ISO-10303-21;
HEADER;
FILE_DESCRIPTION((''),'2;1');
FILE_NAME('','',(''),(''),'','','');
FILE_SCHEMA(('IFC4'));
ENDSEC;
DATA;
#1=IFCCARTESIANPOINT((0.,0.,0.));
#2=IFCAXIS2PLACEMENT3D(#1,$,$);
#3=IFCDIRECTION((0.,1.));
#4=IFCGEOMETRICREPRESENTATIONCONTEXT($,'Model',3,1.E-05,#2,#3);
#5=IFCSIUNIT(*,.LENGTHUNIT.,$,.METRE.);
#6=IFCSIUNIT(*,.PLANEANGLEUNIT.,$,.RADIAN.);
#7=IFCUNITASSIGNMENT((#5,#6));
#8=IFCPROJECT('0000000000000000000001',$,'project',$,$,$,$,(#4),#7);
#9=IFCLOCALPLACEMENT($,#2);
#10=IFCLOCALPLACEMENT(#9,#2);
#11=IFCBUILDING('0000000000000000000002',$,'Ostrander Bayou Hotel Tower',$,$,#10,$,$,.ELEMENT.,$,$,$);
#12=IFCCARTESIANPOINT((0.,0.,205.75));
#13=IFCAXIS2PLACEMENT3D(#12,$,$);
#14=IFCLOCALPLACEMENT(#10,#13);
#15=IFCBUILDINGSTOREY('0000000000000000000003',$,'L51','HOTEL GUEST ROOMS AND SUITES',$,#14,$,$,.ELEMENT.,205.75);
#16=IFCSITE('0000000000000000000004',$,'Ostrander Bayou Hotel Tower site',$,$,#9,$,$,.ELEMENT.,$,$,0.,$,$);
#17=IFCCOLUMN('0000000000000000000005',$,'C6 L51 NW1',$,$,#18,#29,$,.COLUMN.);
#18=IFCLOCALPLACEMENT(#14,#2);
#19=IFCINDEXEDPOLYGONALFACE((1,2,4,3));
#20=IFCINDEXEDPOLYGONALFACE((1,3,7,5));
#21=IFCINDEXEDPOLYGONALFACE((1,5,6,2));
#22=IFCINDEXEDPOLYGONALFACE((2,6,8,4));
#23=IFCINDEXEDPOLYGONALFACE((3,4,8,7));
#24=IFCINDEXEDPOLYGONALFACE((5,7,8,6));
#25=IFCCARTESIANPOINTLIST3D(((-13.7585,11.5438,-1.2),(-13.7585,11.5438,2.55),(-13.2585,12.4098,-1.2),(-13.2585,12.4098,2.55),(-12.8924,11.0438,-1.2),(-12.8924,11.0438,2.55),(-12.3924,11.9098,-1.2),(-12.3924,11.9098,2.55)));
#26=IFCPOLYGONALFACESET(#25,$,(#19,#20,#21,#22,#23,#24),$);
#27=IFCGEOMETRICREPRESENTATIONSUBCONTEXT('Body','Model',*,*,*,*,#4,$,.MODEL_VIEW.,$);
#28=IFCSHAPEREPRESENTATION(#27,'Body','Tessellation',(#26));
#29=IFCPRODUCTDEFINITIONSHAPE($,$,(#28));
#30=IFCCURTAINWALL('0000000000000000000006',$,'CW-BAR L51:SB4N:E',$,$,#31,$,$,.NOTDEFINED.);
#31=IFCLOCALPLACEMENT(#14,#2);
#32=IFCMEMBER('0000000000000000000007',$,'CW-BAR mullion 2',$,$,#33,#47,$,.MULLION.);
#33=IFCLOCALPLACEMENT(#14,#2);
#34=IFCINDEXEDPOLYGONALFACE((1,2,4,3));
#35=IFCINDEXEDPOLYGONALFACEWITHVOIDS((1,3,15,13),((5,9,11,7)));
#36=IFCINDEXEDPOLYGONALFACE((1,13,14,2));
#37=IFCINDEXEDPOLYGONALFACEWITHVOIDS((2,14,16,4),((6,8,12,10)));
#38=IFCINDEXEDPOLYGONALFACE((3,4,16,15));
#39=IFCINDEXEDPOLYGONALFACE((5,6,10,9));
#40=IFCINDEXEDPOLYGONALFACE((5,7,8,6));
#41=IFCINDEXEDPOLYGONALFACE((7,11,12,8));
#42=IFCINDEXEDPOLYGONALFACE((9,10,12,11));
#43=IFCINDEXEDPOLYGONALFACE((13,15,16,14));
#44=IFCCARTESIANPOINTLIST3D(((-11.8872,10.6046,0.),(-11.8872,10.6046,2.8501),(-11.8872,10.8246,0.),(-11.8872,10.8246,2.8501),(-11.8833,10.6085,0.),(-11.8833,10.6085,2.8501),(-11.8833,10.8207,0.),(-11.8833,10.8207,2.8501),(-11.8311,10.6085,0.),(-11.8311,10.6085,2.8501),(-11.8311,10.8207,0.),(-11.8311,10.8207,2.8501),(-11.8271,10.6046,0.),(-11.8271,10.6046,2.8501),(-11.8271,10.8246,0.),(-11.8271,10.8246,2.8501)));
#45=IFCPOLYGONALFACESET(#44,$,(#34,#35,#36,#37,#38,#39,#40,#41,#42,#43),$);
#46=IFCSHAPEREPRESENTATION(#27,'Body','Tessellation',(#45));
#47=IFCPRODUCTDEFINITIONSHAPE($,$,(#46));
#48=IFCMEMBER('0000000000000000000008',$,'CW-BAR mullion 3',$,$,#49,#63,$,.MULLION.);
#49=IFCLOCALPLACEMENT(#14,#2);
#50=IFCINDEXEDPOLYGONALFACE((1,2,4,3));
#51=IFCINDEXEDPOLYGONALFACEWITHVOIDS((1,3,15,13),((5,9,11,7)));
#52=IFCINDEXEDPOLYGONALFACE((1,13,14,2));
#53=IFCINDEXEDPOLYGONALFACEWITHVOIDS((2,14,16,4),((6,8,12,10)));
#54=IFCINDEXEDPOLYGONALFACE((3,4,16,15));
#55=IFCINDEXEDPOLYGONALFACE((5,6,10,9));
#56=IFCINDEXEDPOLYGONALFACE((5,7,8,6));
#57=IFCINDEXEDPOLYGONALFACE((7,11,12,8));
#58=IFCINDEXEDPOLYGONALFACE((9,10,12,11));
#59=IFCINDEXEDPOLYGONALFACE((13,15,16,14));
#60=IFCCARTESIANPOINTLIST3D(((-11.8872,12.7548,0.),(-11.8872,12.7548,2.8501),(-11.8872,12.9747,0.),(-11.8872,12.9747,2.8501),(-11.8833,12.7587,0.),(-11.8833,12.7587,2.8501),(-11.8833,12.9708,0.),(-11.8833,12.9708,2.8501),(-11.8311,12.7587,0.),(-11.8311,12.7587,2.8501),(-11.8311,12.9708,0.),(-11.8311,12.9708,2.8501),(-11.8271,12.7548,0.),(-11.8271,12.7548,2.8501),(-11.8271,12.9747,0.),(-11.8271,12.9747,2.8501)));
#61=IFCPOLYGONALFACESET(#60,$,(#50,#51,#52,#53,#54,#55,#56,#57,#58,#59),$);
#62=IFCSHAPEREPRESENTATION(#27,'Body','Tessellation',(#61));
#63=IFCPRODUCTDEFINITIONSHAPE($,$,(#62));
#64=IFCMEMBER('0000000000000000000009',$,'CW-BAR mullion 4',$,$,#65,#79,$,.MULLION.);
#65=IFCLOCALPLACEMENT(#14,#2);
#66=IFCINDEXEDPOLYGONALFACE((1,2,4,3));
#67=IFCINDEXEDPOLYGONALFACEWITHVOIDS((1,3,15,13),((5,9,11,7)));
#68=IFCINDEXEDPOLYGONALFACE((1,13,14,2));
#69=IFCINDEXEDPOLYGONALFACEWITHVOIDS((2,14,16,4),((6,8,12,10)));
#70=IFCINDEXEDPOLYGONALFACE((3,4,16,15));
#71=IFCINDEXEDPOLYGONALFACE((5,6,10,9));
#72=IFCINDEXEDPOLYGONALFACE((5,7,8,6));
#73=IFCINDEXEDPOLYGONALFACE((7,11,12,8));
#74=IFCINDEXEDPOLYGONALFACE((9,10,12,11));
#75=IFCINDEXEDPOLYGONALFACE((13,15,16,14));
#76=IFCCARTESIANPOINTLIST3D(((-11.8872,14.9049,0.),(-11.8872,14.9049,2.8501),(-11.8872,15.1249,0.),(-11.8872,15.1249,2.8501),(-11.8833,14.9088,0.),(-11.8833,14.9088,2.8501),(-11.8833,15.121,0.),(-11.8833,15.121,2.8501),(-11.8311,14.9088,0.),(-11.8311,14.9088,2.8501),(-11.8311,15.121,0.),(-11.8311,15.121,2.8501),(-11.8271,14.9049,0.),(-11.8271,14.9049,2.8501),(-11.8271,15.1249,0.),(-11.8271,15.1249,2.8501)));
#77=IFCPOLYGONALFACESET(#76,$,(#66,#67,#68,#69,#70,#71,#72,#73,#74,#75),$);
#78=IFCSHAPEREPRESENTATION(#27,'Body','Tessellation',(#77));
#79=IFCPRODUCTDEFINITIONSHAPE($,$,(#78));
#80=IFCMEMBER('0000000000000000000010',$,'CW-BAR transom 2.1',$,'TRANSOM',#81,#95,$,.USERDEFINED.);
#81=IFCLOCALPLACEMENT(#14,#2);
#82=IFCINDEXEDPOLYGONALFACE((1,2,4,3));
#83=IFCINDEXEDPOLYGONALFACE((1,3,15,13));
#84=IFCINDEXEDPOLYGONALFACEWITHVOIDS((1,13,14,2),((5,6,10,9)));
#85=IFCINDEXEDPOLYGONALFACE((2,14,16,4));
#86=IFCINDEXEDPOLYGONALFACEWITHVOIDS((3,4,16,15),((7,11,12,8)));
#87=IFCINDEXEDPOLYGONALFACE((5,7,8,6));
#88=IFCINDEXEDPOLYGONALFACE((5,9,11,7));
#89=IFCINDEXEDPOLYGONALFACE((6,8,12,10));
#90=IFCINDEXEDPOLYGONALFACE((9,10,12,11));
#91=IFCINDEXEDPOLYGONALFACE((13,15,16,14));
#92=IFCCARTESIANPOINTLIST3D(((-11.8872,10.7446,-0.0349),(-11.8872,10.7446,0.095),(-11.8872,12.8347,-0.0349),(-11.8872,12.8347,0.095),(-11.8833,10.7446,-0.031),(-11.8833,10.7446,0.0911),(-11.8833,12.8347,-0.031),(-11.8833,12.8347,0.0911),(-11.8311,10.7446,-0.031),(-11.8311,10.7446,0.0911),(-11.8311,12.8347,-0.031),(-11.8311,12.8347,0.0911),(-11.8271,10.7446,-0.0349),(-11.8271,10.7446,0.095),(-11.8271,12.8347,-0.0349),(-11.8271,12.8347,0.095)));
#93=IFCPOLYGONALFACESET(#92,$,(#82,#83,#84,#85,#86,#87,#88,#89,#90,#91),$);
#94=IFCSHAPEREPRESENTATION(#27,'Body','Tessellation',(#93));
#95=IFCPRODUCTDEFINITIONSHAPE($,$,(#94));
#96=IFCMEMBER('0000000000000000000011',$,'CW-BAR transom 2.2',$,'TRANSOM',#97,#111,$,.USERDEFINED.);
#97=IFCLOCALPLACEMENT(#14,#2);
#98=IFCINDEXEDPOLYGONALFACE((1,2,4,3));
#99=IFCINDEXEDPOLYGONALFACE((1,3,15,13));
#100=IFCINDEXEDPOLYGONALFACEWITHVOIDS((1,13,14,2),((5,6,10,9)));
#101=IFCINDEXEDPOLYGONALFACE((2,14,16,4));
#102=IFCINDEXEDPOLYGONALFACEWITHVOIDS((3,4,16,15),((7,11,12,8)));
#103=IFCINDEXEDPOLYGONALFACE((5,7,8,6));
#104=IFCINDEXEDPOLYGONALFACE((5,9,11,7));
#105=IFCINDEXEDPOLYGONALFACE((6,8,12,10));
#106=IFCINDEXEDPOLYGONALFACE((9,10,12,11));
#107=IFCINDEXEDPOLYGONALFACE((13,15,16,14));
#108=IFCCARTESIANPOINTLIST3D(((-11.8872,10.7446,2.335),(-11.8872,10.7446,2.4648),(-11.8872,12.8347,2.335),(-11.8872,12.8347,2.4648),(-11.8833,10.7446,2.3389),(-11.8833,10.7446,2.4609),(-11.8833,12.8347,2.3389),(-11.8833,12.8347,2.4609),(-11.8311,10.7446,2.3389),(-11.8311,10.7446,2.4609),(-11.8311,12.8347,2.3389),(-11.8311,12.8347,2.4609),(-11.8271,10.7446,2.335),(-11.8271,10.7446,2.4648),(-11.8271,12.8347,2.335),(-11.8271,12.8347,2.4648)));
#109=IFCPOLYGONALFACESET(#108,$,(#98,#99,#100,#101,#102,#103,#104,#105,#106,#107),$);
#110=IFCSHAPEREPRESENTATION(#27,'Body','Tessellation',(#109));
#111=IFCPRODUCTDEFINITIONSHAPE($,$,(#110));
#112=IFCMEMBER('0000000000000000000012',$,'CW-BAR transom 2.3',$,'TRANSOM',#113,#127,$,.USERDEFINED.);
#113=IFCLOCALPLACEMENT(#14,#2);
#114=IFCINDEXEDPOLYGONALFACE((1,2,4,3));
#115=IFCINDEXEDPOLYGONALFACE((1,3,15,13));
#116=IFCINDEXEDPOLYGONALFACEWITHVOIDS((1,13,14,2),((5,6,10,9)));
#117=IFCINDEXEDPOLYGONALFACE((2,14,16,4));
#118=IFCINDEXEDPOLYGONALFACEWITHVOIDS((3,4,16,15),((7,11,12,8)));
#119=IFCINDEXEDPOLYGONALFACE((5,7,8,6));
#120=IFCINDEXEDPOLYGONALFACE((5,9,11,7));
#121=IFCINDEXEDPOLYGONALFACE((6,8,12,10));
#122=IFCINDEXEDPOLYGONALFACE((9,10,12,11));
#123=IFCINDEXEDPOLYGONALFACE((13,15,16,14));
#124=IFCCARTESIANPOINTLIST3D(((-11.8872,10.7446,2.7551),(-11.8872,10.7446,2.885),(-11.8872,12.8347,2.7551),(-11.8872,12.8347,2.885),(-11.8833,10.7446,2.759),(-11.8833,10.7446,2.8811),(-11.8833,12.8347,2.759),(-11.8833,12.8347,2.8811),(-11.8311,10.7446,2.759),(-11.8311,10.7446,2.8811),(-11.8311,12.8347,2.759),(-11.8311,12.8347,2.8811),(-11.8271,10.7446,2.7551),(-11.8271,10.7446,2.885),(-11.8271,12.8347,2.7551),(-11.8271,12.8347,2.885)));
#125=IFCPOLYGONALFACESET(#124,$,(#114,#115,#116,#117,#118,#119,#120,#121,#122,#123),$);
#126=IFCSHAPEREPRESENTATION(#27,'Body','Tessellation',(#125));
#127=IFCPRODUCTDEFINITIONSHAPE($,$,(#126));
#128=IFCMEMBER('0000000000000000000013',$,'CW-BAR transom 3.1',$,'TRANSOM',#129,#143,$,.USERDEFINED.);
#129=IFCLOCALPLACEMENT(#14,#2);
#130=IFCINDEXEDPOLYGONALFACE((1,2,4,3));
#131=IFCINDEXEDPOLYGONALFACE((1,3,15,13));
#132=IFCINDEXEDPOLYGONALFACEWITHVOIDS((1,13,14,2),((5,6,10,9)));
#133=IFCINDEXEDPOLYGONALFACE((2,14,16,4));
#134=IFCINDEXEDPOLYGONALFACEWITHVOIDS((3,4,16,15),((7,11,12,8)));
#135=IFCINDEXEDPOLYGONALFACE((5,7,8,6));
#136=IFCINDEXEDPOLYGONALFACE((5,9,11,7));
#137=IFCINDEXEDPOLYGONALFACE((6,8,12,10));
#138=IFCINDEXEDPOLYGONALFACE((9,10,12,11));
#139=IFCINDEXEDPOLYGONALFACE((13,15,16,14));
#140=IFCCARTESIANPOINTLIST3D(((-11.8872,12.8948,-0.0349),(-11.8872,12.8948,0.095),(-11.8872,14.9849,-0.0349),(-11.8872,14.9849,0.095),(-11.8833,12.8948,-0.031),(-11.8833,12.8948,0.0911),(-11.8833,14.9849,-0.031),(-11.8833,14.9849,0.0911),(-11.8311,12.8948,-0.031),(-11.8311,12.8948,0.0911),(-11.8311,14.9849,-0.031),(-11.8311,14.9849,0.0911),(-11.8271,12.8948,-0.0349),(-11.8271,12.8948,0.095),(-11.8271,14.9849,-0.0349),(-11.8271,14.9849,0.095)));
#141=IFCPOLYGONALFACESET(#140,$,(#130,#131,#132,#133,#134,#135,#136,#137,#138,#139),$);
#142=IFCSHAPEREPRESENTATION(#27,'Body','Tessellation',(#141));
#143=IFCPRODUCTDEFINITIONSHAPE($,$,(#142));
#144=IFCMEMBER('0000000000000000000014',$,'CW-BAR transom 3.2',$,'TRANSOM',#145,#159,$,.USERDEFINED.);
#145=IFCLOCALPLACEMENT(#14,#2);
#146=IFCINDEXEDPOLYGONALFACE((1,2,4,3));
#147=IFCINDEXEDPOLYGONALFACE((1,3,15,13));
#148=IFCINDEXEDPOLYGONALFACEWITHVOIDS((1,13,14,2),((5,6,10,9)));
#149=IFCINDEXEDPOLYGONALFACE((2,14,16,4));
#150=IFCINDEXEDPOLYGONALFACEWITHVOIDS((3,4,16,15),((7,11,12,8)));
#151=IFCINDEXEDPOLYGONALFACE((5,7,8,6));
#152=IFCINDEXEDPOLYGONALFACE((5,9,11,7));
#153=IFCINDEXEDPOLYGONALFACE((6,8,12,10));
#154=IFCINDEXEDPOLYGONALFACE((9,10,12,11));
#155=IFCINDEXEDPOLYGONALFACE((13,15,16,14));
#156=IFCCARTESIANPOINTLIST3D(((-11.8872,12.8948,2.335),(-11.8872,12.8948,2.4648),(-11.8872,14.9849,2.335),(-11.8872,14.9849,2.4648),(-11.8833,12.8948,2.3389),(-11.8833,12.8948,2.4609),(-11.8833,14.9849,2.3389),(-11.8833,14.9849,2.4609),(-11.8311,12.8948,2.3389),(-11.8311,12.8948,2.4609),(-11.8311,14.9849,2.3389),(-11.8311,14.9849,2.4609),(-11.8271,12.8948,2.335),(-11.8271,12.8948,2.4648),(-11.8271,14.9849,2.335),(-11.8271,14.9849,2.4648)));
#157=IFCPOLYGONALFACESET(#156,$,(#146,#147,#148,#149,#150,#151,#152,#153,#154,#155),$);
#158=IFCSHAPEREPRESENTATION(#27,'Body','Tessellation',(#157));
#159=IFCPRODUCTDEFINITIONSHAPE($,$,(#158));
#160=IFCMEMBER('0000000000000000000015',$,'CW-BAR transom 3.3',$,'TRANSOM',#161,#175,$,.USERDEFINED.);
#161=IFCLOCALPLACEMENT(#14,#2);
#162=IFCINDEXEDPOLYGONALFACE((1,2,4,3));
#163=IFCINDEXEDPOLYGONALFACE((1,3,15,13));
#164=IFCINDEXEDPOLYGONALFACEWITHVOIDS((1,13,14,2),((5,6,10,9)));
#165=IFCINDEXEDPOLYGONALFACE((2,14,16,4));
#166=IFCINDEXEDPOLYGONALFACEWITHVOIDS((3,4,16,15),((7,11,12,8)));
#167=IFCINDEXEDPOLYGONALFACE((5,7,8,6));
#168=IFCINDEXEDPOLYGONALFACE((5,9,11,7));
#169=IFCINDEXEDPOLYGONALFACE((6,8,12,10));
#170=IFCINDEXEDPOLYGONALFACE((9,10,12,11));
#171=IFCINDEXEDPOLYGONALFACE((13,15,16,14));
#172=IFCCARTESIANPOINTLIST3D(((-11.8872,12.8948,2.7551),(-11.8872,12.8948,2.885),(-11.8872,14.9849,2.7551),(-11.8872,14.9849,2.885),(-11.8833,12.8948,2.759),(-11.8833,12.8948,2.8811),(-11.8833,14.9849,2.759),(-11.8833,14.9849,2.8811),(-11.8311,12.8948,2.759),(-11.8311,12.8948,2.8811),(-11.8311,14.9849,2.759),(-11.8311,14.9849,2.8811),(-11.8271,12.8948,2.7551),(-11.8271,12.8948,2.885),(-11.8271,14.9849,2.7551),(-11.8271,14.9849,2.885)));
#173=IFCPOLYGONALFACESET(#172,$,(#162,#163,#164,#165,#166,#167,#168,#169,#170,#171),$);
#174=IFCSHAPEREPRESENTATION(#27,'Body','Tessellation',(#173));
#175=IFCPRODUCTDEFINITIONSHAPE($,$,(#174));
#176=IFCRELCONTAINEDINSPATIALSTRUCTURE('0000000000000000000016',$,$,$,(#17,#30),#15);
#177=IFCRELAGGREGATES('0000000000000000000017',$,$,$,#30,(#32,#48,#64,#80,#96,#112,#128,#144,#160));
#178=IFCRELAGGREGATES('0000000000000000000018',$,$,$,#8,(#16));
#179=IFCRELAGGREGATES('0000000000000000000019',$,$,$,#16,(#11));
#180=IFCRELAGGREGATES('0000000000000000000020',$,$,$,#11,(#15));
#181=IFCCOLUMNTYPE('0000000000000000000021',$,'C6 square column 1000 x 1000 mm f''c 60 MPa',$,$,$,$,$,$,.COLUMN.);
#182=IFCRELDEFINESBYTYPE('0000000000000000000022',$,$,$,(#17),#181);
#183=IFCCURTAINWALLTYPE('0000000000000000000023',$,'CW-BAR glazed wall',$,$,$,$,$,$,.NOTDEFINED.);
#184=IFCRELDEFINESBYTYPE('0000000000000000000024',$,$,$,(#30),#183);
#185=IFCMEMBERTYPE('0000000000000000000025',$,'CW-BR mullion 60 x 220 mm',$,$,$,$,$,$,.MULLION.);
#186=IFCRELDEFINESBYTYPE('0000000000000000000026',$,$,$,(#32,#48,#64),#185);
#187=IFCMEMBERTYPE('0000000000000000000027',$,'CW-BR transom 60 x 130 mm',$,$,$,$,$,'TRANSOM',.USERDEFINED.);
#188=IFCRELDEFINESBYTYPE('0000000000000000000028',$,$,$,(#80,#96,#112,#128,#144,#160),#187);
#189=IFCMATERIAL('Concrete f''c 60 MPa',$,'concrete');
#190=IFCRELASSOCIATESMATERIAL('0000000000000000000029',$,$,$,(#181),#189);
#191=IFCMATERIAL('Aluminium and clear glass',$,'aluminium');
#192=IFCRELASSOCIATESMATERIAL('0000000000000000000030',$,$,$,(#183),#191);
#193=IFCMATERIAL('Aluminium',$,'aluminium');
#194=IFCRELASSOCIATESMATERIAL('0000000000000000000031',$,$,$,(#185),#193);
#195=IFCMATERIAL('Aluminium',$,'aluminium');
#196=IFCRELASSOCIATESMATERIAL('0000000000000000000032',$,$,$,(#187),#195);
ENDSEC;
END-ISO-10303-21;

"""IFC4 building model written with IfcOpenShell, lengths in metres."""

from ifc_helpers import new_model, si_unit, direction, frame, origin, origin_2d, place, context, subcontext, project, spatial, rectangle, hollow_rectangle, extrude, material, material_profile, profile_set, type_object, element, aggregate, save


model = new_model("IFC4")

# Units and contexts
model_context = context("Model", 3, precision=1e-05, world=origin(), true_north=direction((0.0, 1.0)))
body_context = subcontext(model_context, "Body", "Model", "MODEL_VIEW")
ifc_project = project(units=[si_unit("LENGTHUNIT", "METRE"), si_unit("PLANEANGLEUNIT", "RADIAN")], contexts=[model_context])

# Site, building, storey
site_placement = place(None, origin())
site = spatial("IfcSite", under=ifc_project, at=site_placement, Name="Ostrander Bayou Hotel Tower site", CompositionType="ELEMENT", RefElevation=0.0)
building_placement = place(site_placement, origin())
building = spatial("IfcBuilding", under=site, at=building_placement, Name="Ostrander Bayou Hotel Tower", CompositionType="ELEMENT")
storey_placement = place(building_placement, frame((0.0, 0.0, 205.75)))
storey = spatial("IfcBuildingStorey", under=building, at=storey_placement, Name="L51", Description="HOTEL GUEST ROOMS AND SUITES", CompositionType="ELEMENT", Elevation=205.75)

# Column
ifc_material_1 = material(Name="Concrete f'c 60 MPa", Category="concrete")
ifc_material_profile_1 = material_profile(ifc_material_1, rectangle(XDim=1.0, YDim=1.0, at=origin_2d()))
ifc_profile_set_1 = profile_set([ifc_material_profile_1], Name="Concrete f'c 60 MPa")
column_type = type_object("IfcColumnType", Name="C6 square column 1000 x 1000 mm f'c 60 MPa", PredefinedType="COLUMN", material=ifc_profile_set_1)
column_placement = place(storey_placement, frame((-13.0754, 11.7268, -1.2), z_axis=(0.0, 0.0, 1.0), x_axis=(0.5, 0.866025, 0.0)))
element("IfcColumn", 1, at=column_placement, inside=storey, type_object=column_type, Name="C6 L51 NW1", PredefinedType="COLUMN", context=body_context, shape_type="SweptSolid", body=[
    extrude(rectangle(XDim=1.0, YDim=1.0, at=origin_2d()), origin(), (0.0, 0.0, 1.0), 3.75),
])

# Curtain wall, members
ifc_material_2 = material(Name="Aluminium and clear glass", Category="aluminium")
curtain_wall_type = type_object("IfcCurtainWallType", Name="CW-BAR glazed wall", PredefinedType="NOTDEFINED", material=ifc_material_2)
curtain_wall_placement = place(storey_placement, origin())
curtain_wall = element("IfcCurtainWall", 2, at=curtain_wall_placement, inside=storey, type_object=curtain_wall_type, Name="CW-BAR L51:SB4N:E", PredefinedType="NOTDEFINED")
ifc_material_3 = material(Name="Aluminium", Category="aluminium")
ifc_material_profile_2 = material_profile(ifc_material_3, hollow_rectangle(XDim=0.0601, YDim=0.22, WallThickness=0.0039, at=origin_2d()))
ifc_profile_set_2 = profile_set([ifc_material_profile_2], Name="Aluminium")
member_type_1 = type_object("IfcMemberType", Name="CW-BR mullion 60 x 220 mm", PredefinedType="MULLION", material=ifc_profile_set_2)
member_1_placement = place(storey_placement, frame((-11.8572, 10.7146, 0.0), z_axis=(0.0, 0.0, 1.0), x_axis=(-1.0, 0.0, 0.0)))
member_1 = element("IfcMember", 3, at=member_1_placement, type_object=member_type_1, Name="CW-BAR mullion 2", PredefinedType="MULLION", context=body_context, shape_type="SweptSolid", body=[
    extrude(hollow_rectangle(XDim=0.0601, YDim=0.22, WallThickness=0.0039, at=origin_2d()), origin(), (0.0, 0.0, 1.0), 2.8501),
])
member_2_placement = place(storey_placement, frame((-11.8572, 12.8647, 0.0), z_axis=(0.0, 0.0, 1.0), x_axis=(-1.0, 0.0, 0.0)))
member_2 = element("IfcMember", 4, at=member_2_placement, type_object=member_type_1, Name="CW-BAR mullion 3", PredefinedType="MULLION", context=body_context, shape_type="SweptSolid", body=[
    extrude(hollow_rectangle(XDim=0.0601, YDim=0.22, WallThickness=0.0039, at=origin_2d()), origin(), (0.0, 0.0, 1.0), 2.8501),
])
member_3_placement = place(storey_placement, frame((-11.8572, 15.0149, 0.0), z_axis=(0.0, 0.0, 1.0), x_axis=(-1.0, 0.0, 0.0)))
member_3 = element("IfcMember", 5, at=member_3_placement, type_object=member_type_1, Name="CW-BAR mullion 4", PredefinedType="MULLION", context=body_context, shape_type="SweptSolid", body=[
    extrude(hollow_rectangle(XDim=0.0601, YDim=0.22, WallThickness=0.0039, at=origin_2d()), origin(), (0.0, 0.0, 1.0), 2.8501),
])
ifc_material_4 = material(Name="Aluminium", Category="aluminium")
ifc_material_profile_3 = material_profile(ifc_material_4, hollow_rectangle(XDim=0.0601, YDim=0.1299, WallThickness=0.0039, at=origin_2d()))
ifc_profile_set_3 = profile_set([ifc_material_profile_3], Name="Aluminium")
member_type_2 = type_object("IfcMemberType", Name="CW-BR transom 60 x 130 mm", ElementType="TRANSOM", PredefinedType="USERDEFINED", material=ifc_profile_set_3)
member_4_placement = place(storey_placement, frame((-11.8572, 10.7446, 0.03), z_axis=(0.0, 1.0, 0.0), x_axis=(-1.0, 0.0, 0.0)))
member_4 = element("IfcMember", 6, at=member_4_placement, type_object=member_type_2, Name="CW-BAR transom 2.1", ObjectType="TRANSOM", PredefinedType="USERDEFINED", context=body_context, shape_type="SweptSolid", body=[
    extrude(hollow_rectangle(XDim=0.0601, YDim=0.1299, WallThickness=0.0039, at=origin_2d()), origin(), (0.0, 0.0, 1.0), 2.0901),
])
member_5_placement = place(storey_placement, frame((-11.8572, 10.7446, 2.3999), z_axis=(0.0, 1.0, 0.0), x_axis=(-1.0, 0.0, 0.0)))
member_5 = element("IfcMember", 7, at=member_5_placement, type_object=member_type_2, Name="CW-BAR transom 2.2", ObjectType="TRANSOM", PredefinedType="USERDEFINED", context=body_context, shape_type="SweptSolid", body=[
    extrude(hollow_rectangle(XDim=0.0601, YDim=0.1299, WallThickness=0.0039, at=origin_2d()), origin(), (0.0, 0.0, 1.0), 2.0901),
])
member_6_placement = place(storey_placement, frame((-11.8572, 10.7446, 2.8201), z_axis=(0.0, 1.0, 0.0), x_axis=(-1.0, 0.0, 0.0)))
member_6 = element("IfcMember", 8, at=member_6_placement, type_object=member_type_2, Name="CW-BAR transom 2.3", ObjectType="TRANSOM", PredefinedType="USERDEFINED", context=body_context, shape_type="SweptSolid", body=[
    extrude(hollow_rectangle(XDim=0.0601, YDim=0.1299, WallThickness=0.0039, at=origin_2d()), origin(), (0.0, 0.0, 1.0), 2.0901),
])
member_7_placement = place(storey_placement, frame((-11.8572, 12.8948, 0.03), z_axis=(0.0, 1.0, 0.0), x_axis=(-1.0, 0.0, 0.0)))
member_7 = element("IfcMember", 9, at=member_7_placement, type_object=member_type_2, Name="CW-BAR transom 3.1", ObjectType="TRANSOM", PredefinedType="USERDEFINED", context=body_context, shape_type="SweptSolid", body=[
    extrude(hollow_rectangle(XDim=0.0601, YDim=0.1299, WallThickness=0.0039, at=origin_2d()), origin(), (0.0, 0.0, 1.0), 2.0901),
])
member_8_placement = place(storey_placement, frame((-11.8572, 12.8948, 2.3999), z_axis=(0.0, 1.0, 0.0), x_axis=(-1.0, 0.0, 0.0)))
member_8 = element("IfcMember", 10, at=member_8_placement, type_object=member_type_2, Name="CW-BAR transom 3.2", ObjectType="TRANSOM", PredefinedType="USERDEFINED", context=body_context, shape_type="SweptSolid", body=[
    extrude(hollow_rectangle(XDim=0.0601, YDim=0.1299, WallThickness=0.0039, at=origin_2d()), origin(), (0.0, 0.0, 1.0), 2.0901),
])
member_9_placement = place(storey_placement, frame((-11.8572, 12.8948, 2.8201), z_axis=(0.0, 1.0, 0.0), x_axis=(-1.0, 0.0, 0.0)))
member_9 = element("IfcMember", 11, at=member_9_placement, type_object=member_type_2, Name="CW-BAR transom 3.3", ObjectType="TRANSOM", PredefinedType="USERDEFINED", context=body_context, shape_type="SweptSolid", body=[
    extrude(hollow_rectangle(XDim=0.0601, YDim=0.1299, WallThickness=0.0039, at=origin_2d()), origin(), (0.0, 0.0, 1.0), 2.0901),
])

aggregate(curtain_wall, [member_1, member_2, member_3, member_4, member_5, member_6, member_7, member_8, member_9])

save(model, "model.ifc")
